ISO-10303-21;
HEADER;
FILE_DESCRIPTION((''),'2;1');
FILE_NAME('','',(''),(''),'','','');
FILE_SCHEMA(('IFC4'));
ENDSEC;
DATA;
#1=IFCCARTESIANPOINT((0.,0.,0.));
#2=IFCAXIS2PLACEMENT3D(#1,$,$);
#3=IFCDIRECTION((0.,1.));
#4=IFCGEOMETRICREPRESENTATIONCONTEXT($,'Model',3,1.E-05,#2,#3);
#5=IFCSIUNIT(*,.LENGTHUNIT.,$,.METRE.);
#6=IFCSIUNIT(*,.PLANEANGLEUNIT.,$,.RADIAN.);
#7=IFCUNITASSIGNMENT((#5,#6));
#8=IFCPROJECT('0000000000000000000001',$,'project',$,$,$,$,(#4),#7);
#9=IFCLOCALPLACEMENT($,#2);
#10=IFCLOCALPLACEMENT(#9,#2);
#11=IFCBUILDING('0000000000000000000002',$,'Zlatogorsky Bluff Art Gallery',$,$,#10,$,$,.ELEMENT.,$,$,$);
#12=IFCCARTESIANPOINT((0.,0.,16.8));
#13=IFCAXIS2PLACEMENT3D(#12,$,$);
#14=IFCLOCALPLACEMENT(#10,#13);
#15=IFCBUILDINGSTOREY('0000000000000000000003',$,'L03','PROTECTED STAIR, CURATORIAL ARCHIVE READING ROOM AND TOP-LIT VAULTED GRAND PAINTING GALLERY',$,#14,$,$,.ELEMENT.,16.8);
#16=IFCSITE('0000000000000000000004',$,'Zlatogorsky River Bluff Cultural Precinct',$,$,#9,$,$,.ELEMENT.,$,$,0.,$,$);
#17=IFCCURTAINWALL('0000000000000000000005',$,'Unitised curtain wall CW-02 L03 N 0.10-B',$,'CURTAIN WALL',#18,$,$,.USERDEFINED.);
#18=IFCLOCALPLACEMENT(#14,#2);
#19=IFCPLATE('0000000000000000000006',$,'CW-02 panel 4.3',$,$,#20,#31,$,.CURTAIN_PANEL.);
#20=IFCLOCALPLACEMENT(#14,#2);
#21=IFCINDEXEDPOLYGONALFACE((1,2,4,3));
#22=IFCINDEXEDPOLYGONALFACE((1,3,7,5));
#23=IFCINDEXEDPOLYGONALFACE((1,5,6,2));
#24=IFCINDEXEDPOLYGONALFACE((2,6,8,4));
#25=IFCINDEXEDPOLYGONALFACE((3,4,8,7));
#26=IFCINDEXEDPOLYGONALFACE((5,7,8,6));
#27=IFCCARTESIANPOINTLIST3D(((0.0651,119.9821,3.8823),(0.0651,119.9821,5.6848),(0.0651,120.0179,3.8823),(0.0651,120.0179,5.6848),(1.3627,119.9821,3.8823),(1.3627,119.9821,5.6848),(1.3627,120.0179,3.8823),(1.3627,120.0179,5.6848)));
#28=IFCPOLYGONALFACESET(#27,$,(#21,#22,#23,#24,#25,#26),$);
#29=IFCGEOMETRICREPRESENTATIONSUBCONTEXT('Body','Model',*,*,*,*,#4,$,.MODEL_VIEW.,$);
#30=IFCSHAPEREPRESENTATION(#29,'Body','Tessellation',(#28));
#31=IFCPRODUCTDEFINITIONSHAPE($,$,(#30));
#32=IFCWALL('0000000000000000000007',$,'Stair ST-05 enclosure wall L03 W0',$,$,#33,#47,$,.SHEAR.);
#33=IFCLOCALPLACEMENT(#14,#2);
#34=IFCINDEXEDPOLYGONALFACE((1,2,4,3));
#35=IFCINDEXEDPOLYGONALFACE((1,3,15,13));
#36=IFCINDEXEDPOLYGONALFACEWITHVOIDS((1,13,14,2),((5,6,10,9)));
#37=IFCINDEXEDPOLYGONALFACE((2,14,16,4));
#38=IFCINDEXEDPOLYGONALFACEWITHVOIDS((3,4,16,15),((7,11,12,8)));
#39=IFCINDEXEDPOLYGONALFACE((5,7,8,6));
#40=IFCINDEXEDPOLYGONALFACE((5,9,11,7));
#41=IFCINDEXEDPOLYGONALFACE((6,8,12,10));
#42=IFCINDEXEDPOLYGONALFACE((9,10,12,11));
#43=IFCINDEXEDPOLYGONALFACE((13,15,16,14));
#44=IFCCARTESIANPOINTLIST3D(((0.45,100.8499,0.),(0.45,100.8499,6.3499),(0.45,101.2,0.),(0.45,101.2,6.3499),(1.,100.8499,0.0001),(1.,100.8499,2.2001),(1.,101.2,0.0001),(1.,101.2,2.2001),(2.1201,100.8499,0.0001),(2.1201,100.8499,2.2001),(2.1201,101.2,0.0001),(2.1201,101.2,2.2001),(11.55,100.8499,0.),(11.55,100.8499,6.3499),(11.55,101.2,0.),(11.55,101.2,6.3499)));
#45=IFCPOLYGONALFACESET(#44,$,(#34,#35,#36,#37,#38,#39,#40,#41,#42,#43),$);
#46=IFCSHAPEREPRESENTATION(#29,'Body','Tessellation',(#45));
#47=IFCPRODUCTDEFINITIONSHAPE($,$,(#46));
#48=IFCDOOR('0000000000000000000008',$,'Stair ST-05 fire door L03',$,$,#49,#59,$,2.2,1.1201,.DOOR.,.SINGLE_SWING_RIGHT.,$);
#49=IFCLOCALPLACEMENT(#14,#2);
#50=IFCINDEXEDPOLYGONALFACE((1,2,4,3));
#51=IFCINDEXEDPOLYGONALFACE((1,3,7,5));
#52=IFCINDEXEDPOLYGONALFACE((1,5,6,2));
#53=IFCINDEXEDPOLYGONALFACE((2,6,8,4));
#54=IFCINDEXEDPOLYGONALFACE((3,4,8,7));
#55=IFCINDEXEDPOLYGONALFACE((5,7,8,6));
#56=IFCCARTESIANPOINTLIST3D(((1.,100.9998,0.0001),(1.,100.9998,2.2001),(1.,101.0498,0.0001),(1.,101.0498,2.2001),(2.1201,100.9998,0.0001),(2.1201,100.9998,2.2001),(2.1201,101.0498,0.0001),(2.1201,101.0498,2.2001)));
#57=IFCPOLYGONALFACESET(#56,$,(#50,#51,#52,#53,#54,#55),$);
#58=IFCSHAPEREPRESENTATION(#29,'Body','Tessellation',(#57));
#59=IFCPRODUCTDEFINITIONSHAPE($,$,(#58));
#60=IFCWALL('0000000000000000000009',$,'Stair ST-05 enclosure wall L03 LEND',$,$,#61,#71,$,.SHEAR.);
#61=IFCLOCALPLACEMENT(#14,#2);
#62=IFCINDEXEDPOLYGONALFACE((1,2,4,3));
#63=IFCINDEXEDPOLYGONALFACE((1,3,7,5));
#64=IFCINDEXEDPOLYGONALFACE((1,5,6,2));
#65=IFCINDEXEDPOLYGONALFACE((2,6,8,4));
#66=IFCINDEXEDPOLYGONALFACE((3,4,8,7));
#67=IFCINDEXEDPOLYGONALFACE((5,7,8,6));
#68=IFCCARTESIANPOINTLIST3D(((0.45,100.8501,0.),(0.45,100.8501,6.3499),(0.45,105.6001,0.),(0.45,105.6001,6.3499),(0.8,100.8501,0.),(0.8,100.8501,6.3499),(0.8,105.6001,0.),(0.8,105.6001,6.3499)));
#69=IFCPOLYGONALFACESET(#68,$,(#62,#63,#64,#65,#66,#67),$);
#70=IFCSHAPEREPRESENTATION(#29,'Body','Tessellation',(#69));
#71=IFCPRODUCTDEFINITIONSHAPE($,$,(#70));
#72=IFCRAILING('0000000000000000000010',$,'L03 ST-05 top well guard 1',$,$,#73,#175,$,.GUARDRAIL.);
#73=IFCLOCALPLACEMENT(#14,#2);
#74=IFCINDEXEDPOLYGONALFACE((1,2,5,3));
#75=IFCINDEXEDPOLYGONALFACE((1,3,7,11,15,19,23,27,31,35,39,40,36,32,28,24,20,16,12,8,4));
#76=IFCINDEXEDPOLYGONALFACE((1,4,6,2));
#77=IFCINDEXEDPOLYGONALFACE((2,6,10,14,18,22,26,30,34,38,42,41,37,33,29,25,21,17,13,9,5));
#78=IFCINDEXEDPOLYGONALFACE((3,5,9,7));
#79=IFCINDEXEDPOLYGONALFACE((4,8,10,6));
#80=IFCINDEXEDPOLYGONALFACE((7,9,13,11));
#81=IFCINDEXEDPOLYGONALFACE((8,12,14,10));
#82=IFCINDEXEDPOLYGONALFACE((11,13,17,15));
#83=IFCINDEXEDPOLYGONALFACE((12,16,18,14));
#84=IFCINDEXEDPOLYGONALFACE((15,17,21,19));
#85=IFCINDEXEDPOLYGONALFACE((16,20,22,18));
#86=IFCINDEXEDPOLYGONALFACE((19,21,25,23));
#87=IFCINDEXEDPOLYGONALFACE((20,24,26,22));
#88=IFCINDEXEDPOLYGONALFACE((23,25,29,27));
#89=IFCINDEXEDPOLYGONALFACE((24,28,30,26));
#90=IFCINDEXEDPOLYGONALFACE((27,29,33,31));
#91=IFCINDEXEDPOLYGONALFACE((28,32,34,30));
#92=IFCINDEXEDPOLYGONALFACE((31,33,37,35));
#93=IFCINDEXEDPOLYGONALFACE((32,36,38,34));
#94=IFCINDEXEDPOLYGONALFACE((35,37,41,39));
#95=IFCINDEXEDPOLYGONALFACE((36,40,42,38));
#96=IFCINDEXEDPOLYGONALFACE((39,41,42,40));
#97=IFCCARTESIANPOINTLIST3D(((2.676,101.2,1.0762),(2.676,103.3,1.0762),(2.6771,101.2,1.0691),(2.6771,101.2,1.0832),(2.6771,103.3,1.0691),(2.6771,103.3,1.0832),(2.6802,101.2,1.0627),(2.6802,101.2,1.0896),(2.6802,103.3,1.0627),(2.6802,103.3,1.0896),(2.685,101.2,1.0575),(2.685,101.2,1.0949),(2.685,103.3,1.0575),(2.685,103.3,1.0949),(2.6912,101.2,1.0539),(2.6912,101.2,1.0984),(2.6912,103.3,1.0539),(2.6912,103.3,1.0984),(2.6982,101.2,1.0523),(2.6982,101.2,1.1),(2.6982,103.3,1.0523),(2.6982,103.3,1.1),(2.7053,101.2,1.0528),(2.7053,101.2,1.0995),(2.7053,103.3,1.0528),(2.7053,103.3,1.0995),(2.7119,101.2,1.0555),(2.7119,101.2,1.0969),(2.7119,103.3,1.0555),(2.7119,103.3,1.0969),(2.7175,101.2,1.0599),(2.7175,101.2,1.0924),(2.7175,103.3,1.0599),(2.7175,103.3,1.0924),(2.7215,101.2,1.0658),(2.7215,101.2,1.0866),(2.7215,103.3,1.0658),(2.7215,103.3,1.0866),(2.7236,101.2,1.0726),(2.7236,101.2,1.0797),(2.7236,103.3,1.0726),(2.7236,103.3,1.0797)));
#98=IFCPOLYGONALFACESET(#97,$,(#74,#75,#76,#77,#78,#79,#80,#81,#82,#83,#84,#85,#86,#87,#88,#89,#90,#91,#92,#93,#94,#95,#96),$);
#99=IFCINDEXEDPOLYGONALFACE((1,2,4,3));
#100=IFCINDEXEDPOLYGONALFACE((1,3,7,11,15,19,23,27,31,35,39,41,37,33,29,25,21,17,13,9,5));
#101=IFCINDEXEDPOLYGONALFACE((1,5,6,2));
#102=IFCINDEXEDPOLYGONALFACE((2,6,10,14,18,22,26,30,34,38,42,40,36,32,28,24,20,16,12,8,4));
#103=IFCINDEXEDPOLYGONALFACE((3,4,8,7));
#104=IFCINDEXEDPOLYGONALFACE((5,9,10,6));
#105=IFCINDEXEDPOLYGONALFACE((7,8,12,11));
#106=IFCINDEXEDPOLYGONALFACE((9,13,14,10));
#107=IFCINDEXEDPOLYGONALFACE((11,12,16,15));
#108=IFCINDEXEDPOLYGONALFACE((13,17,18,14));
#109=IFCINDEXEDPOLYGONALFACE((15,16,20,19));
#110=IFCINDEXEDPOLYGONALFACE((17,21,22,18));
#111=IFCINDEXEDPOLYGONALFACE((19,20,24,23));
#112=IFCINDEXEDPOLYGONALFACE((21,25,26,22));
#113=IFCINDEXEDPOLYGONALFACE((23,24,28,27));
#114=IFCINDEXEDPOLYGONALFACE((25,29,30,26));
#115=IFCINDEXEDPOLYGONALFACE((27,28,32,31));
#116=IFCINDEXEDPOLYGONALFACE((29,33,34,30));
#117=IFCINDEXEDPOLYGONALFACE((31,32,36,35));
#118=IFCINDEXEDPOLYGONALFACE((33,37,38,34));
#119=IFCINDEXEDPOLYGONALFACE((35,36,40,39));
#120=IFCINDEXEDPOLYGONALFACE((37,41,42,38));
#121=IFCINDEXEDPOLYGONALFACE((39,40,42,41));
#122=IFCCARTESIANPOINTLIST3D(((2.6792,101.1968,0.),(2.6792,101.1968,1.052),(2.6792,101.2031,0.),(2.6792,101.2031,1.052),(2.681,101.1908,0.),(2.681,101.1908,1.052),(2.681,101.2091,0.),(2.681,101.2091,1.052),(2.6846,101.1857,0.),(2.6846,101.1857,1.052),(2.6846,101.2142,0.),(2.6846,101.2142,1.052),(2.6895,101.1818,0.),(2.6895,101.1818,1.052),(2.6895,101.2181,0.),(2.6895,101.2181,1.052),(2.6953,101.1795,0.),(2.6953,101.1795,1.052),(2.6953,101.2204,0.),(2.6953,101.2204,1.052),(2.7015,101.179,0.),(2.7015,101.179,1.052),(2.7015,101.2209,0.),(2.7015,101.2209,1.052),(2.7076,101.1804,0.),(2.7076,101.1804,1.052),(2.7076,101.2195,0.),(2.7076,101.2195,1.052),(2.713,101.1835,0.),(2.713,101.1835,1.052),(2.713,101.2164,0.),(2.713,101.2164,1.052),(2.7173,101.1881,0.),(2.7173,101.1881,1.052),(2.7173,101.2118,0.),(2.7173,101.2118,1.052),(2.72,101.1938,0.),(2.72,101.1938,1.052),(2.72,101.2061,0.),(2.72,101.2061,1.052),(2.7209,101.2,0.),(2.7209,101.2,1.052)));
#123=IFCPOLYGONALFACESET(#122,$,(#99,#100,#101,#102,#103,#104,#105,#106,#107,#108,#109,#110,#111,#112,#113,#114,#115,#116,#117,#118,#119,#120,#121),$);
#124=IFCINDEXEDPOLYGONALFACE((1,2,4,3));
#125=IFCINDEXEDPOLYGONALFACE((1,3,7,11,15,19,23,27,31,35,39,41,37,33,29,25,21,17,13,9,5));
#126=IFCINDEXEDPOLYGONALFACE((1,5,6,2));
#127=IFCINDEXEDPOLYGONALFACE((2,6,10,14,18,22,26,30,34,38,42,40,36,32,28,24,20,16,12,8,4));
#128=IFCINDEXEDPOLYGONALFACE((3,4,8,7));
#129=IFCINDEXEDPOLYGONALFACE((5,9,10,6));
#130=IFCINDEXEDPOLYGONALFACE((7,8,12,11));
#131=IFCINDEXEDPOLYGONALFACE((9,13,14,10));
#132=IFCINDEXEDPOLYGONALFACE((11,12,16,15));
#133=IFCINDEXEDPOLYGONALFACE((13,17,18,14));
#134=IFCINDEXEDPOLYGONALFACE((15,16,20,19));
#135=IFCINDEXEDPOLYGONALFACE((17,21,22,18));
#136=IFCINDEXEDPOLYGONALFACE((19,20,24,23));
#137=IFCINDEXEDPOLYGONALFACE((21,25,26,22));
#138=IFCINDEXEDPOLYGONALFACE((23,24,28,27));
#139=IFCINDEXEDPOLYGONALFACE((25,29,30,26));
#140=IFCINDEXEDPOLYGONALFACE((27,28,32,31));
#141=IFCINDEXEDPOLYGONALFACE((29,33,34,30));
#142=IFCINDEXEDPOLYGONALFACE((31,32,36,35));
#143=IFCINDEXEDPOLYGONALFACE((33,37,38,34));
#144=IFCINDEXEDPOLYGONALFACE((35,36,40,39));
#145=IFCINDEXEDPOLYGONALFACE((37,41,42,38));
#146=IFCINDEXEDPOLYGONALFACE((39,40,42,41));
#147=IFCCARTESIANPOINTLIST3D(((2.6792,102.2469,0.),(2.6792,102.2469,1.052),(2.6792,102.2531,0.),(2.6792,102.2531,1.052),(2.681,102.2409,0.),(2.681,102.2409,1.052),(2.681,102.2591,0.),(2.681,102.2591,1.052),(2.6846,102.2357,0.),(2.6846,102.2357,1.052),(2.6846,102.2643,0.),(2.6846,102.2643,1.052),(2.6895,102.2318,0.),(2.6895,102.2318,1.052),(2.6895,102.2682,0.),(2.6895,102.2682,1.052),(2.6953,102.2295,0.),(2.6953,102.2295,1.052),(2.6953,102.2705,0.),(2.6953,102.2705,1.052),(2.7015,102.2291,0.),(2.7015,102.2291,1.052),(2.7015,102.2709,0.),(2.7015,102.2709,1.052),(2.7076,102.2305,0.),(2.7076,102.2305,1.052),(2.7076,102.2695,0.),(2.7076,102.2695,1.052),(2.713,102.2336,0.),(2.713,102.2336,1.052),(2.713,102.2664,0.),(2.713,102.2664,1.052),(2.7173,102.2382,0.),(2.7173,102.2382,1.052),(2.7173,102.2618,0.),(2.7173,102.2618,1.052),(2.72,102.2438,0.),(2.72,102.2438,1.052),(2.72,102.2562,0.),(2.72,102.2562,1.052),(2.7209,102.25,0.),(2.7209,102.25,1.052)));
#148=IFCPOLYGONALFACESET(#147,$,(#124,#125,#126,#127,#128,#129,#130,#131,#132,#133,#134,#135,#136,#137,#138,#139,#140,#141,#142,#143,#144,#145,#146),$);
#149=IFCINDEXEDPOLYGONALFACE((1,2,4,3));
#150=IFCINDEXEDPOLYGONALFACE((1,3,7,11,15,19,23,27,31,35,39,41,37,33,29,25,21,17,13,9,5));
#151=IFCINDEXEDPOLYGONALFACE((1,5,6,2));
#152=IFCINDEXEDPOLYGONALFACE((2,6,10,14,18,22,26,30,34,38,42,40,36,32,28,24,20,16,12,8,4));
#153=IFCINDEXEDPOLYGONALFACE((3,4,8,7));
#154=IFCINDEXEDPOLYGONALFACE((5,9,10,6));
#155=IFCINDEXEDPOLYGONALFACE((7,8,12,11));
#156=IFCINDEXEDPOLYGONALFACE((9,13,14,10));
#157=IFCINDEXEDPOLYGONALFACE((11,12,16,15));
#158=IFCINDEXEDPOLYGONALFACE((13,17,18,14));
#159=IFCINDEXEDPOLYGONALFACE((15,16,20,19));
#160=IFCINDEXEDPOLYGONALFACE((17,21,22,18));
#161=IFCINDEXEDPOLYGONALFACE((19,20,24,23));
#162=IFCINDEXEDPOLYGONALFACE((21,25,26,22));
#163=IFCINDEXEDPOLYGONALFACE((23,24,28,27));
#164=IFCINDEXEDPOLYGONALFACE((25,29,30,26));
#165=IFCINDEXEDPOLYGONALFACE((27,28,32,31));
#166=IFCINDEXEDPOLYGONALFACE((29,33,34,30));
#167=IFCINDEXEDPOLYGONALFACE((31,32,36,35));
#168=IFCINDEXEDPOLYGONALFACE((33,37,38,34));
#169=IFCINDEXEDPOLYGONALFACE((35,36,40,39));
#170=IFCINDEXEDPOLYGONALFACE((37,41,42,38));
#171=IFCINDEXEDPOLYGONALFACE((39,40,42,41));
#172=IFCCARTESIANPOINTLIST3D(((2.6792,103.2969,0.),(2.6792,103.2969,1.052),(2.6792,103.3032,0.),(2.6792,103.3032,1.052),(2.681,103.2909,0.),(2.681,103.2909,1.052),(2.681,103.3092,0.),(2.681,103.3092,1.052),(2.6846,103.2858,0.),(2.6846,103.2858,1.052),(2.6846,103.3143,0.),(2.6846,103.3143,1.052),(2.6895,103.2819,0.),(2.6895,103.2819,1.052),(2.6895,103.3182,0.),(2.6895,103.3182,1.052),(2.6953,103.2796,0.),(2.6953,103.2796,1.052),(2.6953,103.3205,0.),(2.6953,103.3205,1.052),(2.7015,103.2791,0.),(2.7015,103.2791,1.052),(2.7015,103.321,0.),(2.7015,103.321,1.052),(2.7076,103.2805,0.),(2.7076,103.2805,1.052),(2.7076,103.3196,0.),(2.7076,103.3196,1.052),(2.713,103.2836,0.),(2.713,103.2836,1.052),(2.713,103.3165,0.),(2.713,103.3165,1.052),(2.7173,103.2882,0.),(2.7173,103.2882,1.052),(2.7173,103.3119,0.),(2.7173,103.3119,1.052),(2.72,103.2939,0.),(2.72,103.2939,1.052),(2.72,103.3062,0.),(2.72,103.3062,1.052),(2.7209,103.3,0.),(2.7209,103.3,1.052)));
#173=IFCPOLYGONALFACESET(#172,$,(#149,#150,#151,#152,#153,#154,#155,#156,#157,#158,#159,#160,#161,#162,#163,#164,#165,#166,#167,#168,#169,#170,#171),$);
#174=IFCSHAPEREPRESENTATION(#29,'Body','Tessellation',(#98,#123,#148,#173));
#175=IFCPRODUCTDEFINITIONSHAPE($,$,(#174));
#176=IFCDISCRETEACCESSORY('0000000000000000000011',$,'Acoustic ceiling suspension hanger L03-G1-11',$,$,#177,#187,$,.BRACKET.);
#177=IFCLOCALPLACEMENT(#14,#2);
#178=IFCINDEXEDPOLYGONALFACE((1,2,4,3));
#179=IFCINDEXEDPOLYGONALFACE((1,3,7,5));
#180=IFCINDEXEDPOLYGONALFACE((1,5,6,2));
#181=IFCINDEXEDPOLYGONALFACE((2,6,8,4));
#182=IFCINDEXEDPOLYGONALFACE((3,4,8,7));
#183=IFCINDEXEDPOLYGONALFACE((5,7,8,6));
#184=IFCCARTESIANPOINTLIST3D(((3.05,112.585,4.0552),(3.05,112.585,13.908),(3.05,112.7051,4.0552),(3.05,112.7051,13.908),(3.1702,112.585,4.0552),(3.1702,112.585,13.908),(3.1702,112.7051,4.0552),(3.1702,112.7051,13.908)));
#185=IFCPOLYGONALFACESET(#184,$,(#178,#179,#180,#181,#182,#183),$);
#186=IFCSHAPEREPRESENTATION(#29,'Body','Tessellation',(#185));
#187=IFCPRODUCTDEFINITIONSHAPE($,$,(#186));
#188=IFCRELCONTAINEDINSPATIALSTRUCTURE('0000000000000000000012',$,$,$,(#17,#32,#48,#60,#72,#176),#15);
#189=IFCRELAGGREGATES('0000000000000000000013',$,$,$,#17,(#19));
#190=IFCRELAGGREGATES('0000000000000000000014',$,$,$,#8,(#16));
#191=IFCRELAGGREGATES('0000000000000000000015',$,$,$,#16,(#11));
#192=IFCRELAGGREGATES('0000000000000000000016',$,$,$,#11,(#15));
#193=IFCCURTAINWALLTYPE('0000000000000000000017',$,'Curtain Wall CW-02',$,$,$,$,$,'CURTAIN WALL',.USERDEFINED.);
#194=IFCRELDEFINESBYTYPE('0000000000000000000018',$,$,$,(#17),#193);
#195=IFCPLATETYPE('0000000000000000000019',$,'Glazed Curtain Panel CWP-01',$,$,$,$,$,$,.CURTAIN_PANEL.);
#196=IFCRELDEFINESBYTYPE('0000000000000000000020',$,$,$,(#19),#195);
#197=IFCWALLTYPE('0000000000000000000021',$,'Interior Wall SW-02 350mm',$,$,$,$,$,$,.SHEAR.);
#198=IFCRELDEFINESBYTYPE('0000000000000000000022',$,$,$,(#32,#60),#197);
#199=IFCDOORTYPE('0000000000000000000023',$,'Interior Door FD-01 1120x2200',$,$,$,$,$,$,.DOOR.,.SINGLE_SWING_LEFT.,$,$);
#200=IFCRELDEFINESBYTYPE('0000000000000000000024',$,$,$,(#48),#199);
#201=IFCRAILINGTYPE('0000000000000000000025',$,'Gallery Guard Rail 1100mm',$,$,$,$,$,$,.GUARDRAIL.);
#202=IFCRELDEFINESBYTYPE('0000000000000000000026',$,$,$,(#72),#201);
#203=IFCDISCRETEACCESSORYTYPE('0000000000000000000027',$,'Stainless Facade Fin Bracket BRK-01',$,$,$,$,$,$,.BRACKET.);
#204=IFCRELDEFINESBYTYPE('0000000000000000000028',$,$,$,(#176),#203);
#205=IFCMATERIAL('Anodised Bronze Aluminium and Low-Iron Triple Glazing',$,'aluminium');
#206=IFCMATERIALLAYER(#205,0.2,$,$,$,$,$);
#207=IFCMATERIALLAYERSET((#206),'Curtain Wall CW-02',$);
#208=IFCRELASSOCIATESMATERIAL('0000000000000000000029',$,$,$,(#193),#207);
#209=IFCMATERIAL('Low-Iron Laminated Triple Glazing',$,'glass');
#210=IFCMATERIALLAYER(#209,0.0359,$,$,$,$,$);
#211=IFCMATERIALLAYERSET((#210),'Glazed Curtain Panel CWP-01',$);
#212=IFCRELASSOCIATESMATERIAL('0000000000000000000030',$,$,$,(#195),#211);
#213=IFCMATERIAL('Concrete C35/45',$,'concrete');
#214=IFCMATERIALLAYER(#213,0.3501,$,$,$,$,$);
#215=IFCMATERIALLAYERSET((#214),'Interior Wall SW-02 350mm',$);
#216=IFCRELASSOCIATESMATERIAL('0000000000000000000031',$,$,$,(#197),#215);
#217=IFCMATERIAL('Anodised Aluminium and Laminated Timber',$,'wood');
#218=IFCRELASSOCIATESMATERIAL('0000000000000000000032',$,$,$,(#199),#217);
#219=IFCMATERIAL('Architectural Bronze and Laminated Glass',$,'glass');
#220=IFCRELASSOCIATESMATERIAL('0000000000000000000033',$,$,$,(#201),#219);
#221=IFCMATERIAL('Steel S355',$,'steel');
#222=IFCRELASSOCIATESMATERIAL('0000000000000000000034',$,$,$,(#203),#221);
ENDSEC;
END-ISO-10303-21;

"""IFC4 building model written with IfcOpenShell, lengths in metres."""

from ifc_helpers import new_model, si_unit, direction, frame, frame_2d, origin, origin_2d, place, context, subcontext, project, spatial, rectangle, circle, extrude, material, layer, layer_set, type_object, element, fill, aggregate, save


model = new_model("IFC4")

# Units and contexts
model_context = context("Model", 3, precision=1e-05, world=origin(), true_north=direction((0.0, 1.0)))
body_context = subcontext(model_context, "Body", "Model", "MODEL_VIEW")
ifc_project = project(units=[si_unit("LENGTHUNIT", "METRE"), si_unit("PLANEANGLEUNIT", "RADIAN")], contexts=[model_context])

# Site, building, storey
site_placement = place(None, origin())
site = spatial("IfcSite", under=ifc_project, at=site_placement, Name="Zlatogorsky River Bluff Cultural Precinct", CompositionType="ELEMENT", RefElevation=0.0)
building_placement = place(site_placement, origin())
building = spatial("IfcBuilding", under=site, at=building_placement, Name="Zlatogorsky Bluff Art Gallery", CompositionType="ELEMENT")
storey_placement = place(building_placement, frame((0.0, 0.0, 16.8)))
storey = spatial("IfcBuildingStorey", under=building, at=storey_placement, Name="L03", Description="PROTECTED STAIR, CURATORIAL ARCHIVE READING ROOM AND TOP-LIT VAULTED GRAND PAINTING GALLERY", CompositionType="ELEMENT", Elevation=16.8)

# Shared definitions
ifc_material_1 = material(Name="Steel S355", Category="steel")

# Curtain wall, plate
ifc_material_2 = material(Name="Anodised Bronze Aluminium and Low-Iron Triple Glazing", Category="aluminium")
ifc_layer_1 = layer(ifc_material_2, 0.2)
ifc_layer_set_1 = layer_set([ifc_layer_1], Name="Curtain Wall CW-02")
curtain_wall_type = type_object("IfcCurtainWallType", Name="Curtain Wall CW-02", ElementType="CURTAIN WALL", PredefinedType="USERDEFINED", material=ifc_layer_set_1)
curtain_wall_placement = place(storey_placement, origin())
curtain_wall = element("IfcCurtainWall", 1, at=curtain_wall_placement, inside=storey, type_object=curtain_wall_type, Name="Unitised curtain wall CW-02 L03 N 0.10-B", ObjectType="CURTAIN WALL", PredefinedType="USERDEFINED")
ifc_material_3 = material(Name="Low-Iron Laminated Triple Glazing", Category="glass")
ifc_layer_2 = layer(ifc_material_3, 0.0359)
ifc_layer_set_2 = layer_set([ifc_layer_2], Name="Glazed Curtain Panel CWP-01")
plate_type = type_object("IfcPlateType", Name="Glazed Curtain Panel CWP-01", PredefinedType="CURTAIN_PANEL", material=ifc_layer_set_2)
plate_1_placement = place(storey_placement, frame((0.7139, 120.0, 3.8823), z_axis=(0.0, 0.0, 1.0), x_axis=(-1.0, 0.0, 0.0)))
plate_1 = element("IfcPlate", 2, at=plate_1_placement, type_object=plate_type, Name="CW-02 panel 4.3", PredefinedType="CURTAIN_PANEL", context=body_context, shape_type="SweptSolid", body=[
    extrude(rectangle(XDim=1.2976, YDim=0.0359, at=origin_2d()), origin(), (0.0, 0.0, 1.0), 1.8025),
])
aggregate(curtain_wall, [plate_1])

# Wall, opening, door
ifc_material_4 = material(Name="Concrete C35/45", Category="concrete")
ifc_layer_3 = layer(ifc_material_4, 0.3501)
ifc_layer_set_3 = layer_set([ifc_layer_3], Name="Interior Wall SW-02 350mm")
wall_type = type_object("IfcWallType", Name="Interior Wall SW-02 350mm", PredefinedType="SHEAR", material=ifc_layer_set_3)
wall_1_placement = place(storey_placement, frame((0.45, 101.0249, 0.0), z_axis=(0.0, 0.0, 1.0), x_axis=(1.0, 0.0, 0.0)))
wall_1 = element("IfcWall", 3, at=wall_1_placement, inside=storey, type_object=wall_type, Name="Stair ST-05 enclosure wall L03 W0", PredefinedType="SHEAR", context=body_context, shape_type="SweptSolid", body=[
    extrude(rectangle(XDim=11.1001, YDim=0.3501, at=frame_2d((5.55, 0.0))), origin(), (0.0, 0.0, 1.0), 6.3499),
])
opening_placement = place(wall_1_placement, frame((0.55, 0.0, 0.0)))
opening = element("IfcOpeningElement", 4, at=opening_placement, cuts=wall_1, PredefinedType="OPENING", context=body_context, shape_type="SweptSolid", body=[
    extrude(rectangle(XDim=1.1201, YDim=2.2, at=frame_2d((0.5601, 1.1001))), frame((0.0, 0.1851, 0.0), z_axis=(0.0, -1.0, 0.0), x_axis=(1.0, 0.0, 0.0)), (0.0, 0.0, 1.0), 0.3701),
])
ifc_material_5 = material(Name="Anodised Aluminium and Laminated Timber", Category="wood")
door_type = type_object("IfcDoorType", Name="Interior Door FD-01 1120x2200", OperationType="SINGLE_SWING_LEFT", PredefinedType="DOOR", material=ifc_material_5)
door_placement = place(opening_placement, origin())
door = element("IfcDoor", 5, at=door_placement, inside=storey, type_object=door_type, Name="Stair ST-05 fire door L03", OperationType="SINGLE_SWING_RIGHT", OverallHeight=2.2, OverallWidth=1.1201, PredefinedType="DOOR", context=body_context, shape_type="SweptSolid", body=[
    extrude(rectangle(XDim=1.1201, YDim=2.2, at=frame_2d((0.5601, 1.1001))), frame((0.0, 0.0249, 0.0), z_axis=(0.0, -1.0, 0.0), x_axis=(1.0, 0.0, 0.0)), (0.0, 0.0, 1.0), 0.05),
])
fill(opening, door)

# Wall
wall_2_placement = place(storey_placement, frame((0.625, 105.6001, 0.0), z_axis=(0.0, 0.0, 1.0), x_axis=(0.0, -1.0, 0.0)))
element("IfcWall", 6, at=wall_2_placement, inside=storey, type_object=wall_type, Name="Stair ST-05 enclosure wall L03 LEND", PredefinedType="SHEAR", context=body_context, shape_type="SweptSolid", body=[
    extrude(rectangle(XDim=4.75, YDim=0.3501, at=frame_2d((2.375, 0.0))), origin(), (0.0, 0.0, 1.0), 6.3499),
])

# Railing
ifc_material_6 = material(Name="Architectural Bronze and Laminated Glass", Category="glass")
railing_type = type_object("IfcRailingType", Name="Gallery Guard Rail 1100mm", PredefinedType="GUARDRAIL", material=ifc_material_6)
railing_placement = place(storey_placement, frame((2.7, 101.2, 0.0)))
element("IfcRailing", 7, at=railing_placement, inside=storey, type_object=railing_type, Name="L03 ST-05 top well guard 1", PredefinedType="GUARDRAIL", context=body_context, shape_type="SweptSolid", body=[
    extrude(circle(Radius=0.0239, at=origin_2d()), frame((0.0, 0.0, 1.0762), z_axis=(0.0, 1.0, 0.0), x_axis=(-1.0, 0.0, 0.0)), (0.0, 0.0, 1.0), 2.1001),
    extrude(circle(Radius=0.021, at=origin_2d()), origin(), (0.0, 0.0, 1.0), 1.052),
    extrude(circle(Radius=0.021, at=origin_2d()), frame((0.0, 1.05, 0.0)), (0.0, 0.0, 1.0), 1.052),
    extrude(circle(Radius=0.021, at=origin_2d()), frame((0.0, 2.1001, 0.0)), (0.0, 0.0, 1.0), 1.052),
])

# Discrete accessory
discrete_accessory_type = type_object("IfcDiscreteAccessoryType", Name="Stainless Facade Fin Bracket BRK-01", PredefinedType="BRACKET", material=ifc_material_1)
discrete_accessory_placement = place(storey_placement, frame((3.1101, 112.645, 4.0552), z_axis=(0.0, 0.0, 1.0), x_axis=(1.0, 0.0, 0.0)))
element("IfcDiscreteAccessory", 8, at=discrete_accessory_placement, inside=storey, type_object=discrete_accessory_type, Name="Acoustic ceiling suspension hanger L03-G1-11", PredefinedType="BRACKET", context=body_context, shape_type="SweptSolid", body=[
    extrude(rectangle(XDim=0.1201, YDim=0.1201, at=origin_2d()), origin(), (0.0, 0.0, 1.0), 9.8528),
])

save(model, "model.ifc")
